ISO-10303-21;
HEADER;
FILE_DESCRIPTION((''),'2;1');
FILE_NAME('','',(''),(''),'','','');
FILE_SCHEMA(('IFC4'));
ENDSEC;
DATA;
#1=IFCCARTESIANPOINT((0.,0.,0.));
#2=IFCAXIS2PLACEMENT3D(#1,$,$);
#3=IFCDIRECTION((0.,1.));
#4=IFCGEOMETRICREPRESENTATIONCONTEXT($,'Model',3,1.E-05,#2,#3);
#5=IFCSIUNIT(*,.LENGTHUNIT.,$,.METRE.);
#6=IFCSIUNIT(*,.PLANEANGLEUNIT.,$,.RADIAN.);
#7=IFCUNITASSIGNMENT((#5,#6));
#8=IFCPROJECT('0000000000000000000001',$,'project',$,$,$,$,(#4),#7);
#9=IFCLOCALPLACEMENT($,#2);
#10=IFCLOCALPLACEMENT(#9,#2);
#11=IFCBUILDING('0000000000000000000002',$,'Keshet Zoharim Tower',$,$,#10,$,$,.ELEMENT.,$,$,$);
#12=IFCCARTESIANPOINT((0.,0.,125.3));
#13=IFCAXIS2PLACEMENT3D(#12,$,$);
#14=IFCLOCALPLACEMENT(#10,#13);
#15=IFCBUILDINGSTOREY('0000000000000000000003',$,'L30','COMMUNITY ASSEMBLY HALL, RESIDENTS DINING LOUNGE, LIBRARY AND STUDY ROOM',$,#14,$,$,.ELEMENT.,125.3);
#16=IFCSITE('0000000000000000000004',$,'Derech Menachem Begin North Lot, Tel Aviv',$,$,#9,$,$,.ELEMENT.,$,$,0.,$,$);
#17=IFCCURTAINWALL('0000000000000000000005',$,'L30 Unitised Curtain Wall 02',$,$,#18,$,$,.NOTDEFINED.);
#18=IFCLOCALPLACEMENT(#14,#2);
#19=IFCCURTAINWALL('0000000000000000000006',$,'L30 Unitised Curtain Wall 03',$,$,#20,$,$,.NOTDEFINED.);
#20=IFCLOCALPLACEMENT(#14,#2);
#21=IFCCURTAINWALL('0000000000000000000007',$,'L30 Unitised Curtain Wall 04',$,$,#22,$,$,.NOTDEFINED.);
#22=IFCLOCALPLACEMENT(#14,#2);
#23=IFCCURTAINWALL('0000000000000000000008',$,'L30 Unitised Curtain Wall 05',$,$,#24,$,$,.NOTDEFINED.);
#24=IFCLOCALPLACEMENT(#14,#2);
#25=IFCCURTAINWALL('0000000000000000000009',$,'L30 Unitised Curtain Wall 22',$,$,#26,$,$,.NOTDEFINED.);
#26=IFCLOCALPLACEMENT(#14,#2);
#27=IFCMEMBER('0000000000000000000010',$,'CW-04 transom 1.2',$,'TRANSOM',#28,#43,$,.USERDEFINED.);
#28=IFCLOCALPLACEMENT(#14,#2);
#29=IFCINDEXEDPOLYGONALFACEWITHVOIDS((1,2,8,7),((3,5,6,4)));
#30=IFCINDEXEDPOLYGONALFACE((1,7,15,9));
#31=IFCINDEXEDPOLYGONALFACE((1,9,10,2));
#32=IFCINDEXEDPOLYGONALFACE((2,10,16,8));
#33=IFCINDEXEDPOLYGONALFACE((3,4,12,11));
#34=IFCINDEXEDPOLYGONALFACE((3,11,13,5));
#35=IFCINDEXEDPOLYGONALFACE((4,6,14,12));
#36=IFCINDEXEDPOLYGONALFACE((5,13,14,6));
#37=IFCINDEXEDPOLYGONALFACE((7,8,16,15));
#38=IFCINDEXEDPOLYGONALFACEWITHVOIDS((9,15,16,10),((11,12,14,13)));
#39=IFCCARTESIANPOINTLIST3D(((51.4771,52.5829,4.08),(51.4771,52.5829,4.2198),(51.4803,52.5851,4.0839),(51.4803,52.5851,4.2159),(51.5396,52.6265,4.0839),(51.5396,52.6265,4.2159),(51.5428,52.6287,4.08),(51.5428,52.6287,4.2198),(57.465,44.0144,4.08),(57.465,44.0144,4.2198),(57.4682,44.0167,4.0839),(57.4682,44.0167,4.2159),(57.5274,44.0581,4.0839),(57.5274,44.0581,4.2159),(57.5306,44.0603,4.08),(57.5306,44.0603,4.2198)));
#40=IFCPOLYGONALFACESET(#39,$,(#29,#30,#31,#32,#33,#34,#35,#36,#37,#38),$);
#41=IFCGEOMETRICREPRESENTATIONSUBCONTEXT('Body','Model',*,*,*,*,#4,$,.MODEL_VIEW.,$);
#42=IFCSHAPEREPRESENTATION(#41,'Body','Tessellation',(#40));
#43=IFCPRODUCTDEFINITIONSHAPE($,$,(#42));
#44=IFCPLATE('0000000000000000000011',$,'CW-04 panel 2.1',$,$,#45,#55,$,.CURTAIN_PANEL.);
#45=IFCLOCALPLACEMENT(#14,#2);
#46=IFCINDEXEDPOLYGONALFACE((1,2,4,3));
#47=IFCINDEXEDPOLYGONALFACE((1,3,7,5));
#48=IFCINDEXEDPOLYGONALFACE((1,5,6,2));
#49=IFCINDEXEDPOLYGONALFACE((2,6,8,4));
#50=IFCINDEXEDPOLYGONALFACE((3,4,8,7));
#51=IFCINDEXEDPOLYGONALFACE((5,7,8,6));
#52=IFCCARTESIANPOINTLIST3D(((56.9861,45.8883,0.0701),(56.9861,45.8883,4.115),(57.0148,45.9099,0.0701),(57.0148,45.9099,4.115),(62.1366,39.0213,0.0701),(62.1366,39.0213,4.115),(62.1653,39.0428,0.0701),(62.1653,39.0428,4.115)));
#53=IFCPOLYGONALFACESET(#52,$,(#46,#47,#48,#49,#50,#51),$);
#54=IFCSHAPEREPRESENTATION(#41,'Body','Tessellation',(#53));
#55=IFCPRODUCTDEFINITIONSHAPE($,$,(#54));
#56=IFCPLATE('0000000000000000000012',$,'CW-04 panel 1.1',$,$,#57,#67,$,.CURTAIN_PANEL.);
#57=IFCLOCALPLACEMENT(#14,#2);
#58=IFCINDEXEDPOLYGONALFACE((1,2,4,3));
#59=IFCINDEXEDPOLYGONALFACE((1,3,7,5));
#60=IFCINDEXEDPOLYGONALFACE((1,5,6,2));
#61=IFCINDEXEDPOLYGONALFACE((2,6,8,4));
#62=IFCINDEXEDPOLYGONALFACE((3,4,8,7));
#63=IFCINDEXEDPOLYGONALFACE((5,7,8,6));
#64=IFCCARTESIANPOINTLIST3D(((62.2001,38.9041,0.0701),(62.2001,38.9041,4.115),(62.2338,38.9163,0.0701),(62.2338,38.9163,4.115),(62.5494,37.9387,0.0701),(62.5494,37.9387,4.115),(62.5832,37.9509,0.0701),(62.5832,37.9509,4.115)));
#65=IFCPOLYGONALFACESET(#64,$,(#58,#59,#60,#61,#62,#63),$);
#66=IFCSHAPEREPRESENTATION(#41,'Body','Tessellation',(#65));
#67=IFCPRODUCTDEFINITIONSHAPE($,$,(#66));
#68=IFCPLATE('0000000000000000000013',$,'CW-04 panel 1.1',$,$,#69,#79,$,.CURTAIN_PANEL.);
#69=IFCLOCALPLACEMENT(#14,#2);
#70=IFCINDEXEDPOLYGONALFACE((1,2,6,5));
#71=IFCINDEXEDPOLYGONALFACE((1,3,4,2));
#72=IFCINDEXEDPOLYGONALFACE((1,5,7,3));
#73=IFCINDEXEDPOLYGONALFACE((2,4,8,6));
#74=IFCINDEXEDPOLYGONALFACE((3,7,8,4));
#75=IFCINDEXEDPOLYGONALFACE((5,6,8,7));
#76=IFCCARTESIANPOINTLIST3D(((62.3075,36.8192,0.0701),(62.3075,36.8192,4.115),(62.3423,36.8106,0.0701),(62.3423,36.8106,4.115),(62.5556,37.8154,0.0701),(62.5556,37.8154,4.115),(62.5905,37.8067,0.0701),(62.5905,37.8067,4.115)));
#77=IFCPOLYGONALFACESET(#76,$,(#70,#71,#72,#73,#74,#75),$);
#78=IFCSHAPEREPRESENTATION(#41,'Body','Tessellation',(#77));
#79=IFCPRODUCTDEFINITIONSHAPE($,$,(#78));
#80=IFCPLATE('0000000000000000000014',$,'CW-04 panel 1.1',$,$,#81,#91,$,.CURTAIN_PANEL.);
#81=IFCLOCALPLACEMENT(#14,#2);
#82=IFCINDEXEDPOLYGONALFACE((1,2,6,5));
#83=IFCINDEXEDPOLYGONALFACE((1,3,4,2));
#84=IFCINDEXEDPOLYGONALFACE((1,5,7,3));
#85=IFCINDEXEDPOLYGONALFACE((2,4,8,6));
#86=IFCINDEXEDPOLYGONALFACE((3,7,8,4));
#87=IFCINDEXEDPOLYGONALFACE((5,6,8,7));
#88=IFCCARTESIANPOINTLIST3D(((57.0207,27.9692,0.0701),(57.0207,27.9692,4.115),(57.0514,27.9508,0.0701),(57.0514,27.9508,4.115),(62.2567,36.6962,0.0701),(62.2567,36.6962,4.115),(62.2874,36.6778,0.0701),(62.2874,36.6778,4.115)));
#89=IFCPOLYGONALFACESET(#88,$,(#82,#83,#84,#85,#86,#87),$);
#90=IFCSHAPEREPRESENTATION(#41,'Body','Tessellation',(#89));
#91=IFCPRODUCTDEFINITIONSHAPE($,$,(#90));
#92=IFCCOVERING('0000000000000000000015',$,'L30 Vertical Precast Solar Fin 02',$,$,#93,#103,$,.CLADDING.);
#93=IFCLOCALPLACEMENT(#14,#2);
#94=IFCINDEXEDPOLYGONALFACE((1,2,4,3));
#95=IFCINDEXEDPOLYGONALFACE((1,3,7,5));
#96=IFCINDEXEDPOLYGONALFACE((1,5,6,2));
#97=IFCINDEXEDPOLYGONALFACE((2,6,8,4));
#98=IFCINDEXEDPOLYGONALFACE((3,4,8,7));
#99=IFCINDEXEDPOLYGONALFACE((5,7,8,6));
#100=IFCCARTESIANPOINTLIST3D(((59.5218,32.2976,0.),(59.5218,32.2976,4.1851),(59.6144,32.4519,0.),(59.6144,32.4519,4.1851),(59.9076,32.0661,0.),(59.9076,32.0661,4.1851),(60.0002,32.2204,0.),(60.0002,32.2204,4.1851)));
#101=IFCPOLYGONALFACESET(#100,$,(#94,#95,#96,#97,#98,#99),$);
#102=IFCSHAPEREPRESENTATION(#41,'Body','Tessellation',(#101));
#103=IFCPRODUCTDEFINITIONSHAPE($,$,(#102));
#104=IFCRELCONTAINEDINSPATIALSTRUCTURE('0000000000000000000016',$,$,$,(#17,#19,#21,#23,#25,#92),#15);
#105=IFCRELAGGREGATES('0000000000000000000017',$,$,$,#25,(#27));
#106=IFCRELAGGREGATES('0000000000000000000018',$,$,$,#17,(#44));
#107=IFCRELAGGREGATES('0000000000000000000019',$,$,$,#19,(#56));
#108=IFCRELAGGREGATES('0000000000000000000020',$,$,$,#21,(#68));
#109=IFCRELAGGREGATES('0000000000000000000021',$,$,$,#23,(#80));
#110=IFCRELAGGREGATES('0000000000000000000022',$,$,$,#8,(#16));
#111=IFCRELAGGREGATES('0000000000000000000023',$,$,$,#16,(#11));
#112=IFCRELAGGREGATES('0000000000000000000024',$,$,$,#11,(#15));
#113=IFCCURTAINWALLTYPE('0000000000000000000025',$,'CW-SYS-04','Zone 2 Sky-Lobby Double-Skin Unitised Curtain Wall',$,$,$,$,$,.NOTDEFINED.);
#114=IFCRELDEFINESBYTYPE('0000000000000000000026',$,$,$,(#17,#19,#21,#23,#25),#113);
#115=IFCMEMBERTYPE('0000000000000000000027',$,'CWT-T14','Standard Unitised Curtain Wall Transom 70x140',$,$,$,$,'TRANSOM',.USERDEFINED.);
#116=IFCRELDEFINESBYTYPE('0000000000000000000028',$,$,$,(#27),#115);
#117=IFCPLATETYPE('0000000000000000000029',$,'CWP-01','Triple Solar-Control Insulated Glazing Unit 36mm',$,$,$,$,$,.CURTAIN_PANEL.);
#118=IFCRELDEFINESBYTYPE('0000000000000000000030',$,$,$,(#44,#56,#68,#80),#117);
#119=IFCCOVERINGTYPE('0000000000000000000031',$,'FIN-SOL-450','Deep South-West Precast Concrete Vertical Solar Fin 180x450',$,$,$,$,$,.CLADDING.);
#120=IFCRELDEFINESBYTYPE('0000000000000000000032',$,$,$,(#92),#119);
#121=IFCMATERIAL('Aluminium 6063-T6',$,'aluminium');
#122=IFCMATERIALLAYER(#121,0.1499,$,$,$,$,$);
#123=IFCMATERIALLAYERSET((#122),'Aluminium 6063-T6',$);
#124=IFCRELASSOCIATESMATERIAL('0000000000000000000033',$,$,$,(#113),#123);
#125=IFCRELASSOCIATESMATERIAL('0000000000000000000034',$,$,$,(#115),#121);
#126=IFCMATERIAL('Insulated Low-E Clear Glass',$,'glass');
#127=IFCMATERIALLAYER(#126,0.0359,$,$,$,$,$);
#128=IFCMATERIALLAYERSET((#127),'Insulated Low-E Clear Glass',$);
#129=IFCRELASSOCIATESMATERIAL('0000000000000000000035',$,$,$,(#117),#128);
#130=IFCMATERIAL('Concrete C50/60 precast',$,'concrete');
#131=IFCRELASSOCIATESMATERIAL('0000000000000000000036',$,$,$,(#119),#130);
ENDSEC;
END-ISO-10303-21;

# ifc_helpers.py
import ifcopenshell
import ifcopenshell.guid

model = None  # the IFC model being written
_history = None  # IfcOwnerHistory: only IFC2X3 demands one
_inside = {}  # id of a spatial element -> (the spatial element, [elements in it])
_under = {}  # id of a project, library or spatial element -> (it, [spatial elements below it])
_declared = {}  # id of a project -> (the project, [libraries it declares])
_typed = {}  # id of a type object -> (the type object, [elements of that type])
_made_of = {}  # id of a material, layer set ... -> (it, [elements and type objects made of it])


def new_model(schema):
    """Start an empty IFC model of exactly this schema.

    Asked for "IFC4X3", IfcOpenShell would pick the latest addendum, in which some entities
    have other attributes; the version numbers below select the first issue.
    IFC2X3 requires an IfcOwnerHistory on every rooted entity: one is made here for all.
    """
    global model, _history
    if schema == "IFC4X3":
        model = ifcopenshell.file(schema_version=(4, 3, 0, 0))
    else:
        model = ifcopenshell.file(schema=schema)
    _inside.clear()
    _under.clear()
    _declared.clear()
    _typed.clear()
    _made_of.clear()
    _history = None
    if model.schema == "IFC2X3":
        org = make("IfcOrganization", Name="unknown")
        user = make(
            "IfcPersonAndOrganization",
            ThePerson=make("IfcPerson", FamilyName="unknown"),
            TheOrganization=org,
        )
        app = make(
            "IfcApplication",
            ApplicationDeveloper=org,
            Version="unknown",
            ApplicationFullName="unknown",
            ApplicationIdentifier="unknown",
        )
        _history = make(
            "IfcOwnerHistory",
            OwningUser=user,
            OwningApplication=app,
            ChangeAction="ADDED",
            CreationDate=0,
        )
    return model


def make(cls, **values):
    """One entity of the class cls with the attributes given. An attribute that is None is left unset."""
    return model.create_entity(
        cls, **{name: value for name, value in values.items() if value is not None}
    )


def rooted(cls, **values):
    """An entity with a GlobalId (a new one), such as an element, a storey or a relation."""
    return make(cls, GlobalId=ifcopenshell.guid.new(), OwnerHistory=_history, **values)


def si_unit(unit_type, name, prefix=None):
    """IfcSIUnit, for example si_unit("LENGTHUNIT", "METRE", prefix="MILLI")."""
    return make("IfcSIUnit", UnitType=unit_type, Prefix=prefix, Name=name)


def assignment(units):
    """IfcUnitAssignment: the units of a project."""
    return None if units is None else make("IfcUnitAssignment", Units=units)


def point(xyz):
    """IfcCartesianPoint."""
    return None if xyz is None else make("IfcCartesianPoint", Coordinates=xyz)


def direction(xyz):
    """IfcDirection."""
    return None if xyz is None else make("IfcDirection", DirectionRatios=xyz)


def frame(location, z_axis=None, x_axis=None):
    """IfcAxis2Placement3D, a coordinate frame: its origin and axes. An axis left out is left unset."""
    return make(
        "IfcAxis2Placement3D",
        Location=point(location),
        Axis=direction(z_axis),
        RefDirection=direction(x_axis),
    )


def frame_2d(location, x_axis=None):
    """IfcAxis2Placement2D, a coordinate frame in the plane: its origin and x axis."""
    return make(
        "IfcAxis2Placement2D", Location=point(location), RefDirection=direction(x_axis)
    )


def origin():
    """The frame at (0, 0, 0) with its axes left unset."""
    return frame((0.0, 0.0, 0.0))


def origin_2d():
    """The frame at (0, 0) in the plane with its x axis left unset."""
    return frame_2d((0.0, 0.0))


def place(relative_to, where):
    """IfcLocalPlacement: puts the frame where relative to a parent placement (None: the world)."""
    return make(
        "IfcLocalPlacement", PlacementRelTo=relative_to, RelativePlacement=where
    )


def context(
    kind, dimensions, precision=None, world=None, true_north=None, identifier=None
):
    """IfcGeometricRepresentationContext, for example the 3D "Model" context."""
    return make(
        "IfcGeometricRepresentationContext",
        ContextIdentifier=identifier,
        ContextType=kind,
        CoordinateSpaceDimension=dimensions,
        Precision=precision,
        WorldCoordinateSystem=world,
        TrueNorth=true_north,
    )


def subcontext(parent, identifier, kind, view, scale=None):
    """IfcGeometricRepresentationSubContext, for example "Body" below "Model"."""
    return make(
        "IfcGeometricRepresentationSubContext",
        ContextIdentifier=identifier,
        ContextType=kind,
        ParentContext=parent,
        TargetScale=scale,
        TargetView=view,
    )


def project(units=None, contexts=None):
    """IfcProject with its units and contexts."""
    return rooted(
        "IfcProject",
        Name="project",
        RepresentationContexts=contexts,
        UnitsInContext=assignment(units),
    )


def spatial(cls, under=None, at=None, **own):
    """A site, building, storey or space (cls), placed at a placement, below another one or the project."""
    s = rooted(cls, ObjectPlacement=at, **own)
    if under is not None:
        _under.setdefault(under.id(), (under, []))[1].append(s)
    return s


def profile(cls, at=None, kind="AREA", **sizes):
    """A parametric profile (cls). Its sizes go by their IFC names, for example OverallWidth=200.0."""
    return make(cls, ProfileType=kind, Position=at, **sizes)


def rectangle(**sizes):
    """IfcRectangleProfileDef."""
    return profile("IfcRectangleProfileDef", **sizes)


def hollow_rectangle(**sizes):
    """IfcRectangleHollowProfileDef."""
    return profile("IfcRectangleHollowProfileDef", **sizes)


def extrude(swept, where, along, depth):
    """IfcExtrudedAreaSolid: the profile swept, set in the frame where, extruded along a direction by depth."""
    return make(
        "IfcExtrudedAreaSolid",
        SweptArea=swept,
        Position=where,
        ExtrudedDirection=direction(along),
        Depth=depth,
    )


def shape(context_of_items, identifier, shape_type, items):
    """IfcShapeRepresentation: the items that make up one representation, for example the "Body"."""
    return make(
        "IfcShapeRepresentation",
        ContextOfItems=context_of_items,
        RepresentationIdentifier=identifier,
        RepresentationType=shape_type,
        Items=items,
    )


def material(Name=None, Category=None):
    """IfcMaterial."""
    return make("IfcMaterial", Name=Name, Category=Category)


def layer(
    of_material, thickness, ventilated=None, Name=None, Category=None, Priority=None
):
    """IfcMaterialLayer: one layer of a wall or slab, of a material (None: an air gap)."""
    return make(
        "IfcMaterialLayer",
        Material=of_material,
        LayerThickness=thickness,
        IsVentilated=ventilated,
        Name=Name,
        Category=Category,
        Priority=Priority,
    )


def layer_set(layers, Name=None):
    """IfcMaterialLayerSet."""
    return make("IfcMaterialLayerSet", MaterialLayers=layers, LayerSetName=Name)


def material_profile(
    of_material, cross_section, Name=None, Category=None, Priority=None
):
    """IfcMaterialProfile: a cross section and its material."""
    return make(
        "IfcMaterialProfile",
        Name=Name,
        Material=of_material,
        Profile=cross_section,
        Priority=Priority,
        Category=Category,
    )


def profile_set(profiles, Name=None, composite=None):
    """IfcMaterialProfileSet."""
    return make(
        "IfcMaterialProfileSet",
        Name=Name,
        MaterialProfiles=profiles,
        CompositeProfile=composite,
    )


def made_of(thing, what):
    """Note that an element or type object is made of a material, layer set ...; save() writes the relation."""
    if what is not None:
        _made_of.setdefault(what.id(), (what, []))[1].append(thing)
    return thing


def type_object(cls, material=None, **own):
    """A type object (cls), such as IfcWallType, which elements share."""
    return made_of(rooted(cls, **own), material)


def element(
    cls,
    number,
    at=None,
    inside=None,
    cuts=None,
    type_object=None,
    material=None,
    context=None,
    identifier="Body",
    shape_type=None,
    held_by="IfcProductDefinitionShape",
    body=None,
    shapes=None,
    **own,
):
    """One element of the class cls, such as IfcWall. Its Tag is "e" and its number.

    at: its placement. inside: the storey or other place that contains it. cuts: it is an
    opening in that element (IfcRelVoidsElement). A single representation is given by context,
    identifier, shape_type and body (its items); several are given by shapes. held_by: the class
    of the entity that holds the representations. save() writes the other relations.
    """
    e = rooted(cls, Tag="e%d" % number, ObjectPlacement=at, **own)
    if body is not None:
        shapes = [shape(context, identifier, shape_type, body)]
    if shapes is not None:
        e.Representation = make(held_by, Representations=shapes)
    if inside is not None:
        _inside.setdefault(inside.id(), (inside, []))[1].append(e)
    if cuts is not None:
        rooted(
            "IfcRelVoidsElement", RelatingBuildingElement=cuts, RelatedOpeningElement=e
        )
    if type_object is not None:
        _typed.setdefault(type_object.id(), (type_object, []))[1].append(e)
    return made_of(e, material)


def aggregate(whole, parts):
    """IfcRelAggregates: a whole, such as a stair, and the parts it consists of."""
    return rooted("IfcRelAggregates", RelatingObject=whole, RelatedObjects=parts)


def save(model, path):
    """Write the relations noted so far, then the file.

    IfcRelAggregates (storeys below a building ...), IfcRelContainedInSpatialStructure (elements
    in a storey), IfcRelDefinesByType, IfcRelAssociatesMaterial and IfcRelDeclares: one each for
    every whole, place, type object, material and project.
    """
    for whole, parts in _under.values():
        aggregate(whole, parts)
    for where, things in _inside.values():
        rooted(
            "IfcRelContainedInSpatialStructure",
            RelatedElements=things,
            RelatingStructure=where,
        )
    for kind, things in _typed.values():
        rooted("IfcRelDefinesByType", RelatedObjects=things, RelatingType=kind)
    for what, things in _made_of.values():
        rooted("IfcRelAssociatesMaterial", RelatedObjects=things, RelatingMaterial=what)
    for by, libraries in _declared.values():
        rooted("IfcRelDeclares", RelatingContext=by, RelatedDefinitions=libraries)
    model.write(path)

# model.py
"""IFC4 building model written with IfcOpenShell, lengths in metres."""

from ifc_helpers import new_model, si_unit, direction, frame, origin, origin_2d, place, context, subcontext, project, spatial, rectangle, hollow_rectangle, extrude, material, layer, layer_set, material_profile, profile_set, type_object, element, aggregate, save


model = new_model("IFC4")

# Units and contexts
model_context = context("Model", 3, precision=1e-05, world=origin(), true_north=direction((0.0, 1.0)))
body_context = subcontext(model_context, "Body", "Model", "MODEL_VIEW")
ifc_project = project(units=[si_unit("LENGTHUNIT", "METRE"), si_unit("PLANEANGLEUNIT", "RADIAN")], contexts=[model_context])

# Site, building, storey
site_placement = place(None, origin())
site = spatial("IfcSite", under=ifc_project, at=site_placement, Name="Derech Menachem Begin North Lot, Tel Aviv", CompositionType="ELEMENT", RefElevation=0.0)
building_placement = place(site_placement, origin())
building = spatial("IfcBuilding", under=site, at=building_placement, Name="Keshet Zoharim Tower", CompositionType="ELEMENT")
storey_placement = place(building_placement, frame((0.0, 0.0, 125.3)))
storey = spatial("IfcBuildingStorey", under=building, at=storey_placement, Name="L30", Description="COMMUNITY ASSEMBLY HALL, RESIDENTS DINING LOUNGE, LIBRARY AND STUDY ROOM", CompositionType="ELEMENT", Elevation=125.3)

# Curtain wall
ifc_material_1 = material(Name="Aluminium 6063-T6", Category="aluminium")
ifc_layer_1 = layer(ifc_material_1, 0.1499)
ifc_layer_set_1 = layer_set([ifc_layer_1], Name="Aluminium 6063-T6")
curtain_wall_type = type_object("IfcCurtainWallType", Name="CW-SYS-04", Description="Zone 2 Sky-Lobby Double-Skin Unitised Curtain Wall", PredefinedType="NOTDEFINED", material=ifc_layer_set_1)
curtain_wall_1_placement = place(storey_placement, origin())
curtain_wall_1 = element("IfcCurtainWall", 1, at=curtain_wall_1_placement, inside=storey, type_object=curtain_wall_type, Name="L30 Unitised Curtain Wall 02", PredefinedType="NOTDEFINED")

# Curtain walls
curtain_wall_2_placement = place(storey_placement, origin())
curtain_wall_2 = element("IfcCurtainWall", 2, at=curtain_wall_2_placement, inside=storey, type_object=curtain_wall_type, Name="L30 Unitised Curtain Wall 03", PredefinedType="NOTDEFINED")
curtain_wall_3_placement = place(storey_placement, origin())
curtain_wall_3 = element("IfcCurtainWall", 3, at=curtain_wall_3_placement, inside=storey, type_object=curtain_wall_type, Name="L30 Unitised Curtain Wall 04", PredefinedType="NOTDEFINED")
curtain_wall_4_placement = place(storey_placement, origin())
curtain_wall_4 = element("IfcCurtainWall", 4, at=curtain_wall_4_placement, inside=storey, type_object=curtain_wall_type, Name="L30 Unitised Curtain Wall 05", PredefinedType="NOTDEFINED")

# Curtain wall
curtain_wall_5_placement = place(storey_placement, origin())
curtain_wall_5 = element("IfcCurtainWall", 5, at=curtain_wall_5_placement, inside=storey, type_object=curtain_wall_type, Name="L30 Unitised Curtain Wall 22", PredefinedType="NOTDEFINED")

# Member
ifc_material_profile_1 = material_profile(ifc_material_1, hollow_rectangle(XDim=0.0801, YDim=0.1399, WallThickness=0.0039, at=origin_2d()), Name="TRN-80x140")
ifc_profile_set_1 = profile_set([ifc_material_profile_1], Name="Aluminium 6063-T6")
member_type_1 = type_object("IfcMemberType", Name="CWT-T14", Description="Standard Unitised Curtain Wall Transom 70x140", ElementType="TRANSOM", PredefinedType="USERDEFINED", material=ifc_profile_set_1)
member_1_placement = place(storey_placement, frame((57.4978, 44.0374, 4.1499), z_axis=(-0.572816, 0.819684, 0.0), x_axis=(-0.819684, -0.572816, 0.0)))
member_1 = element("IfcMember", 6, at=member_1_placement, type_object=member_type_1, Name="CW-04 transom 1.2", ObjectType="TRANSOM", PredefinedType="USERDEFINED", context=body_context, shape_type="SweptSolid", body=[
    extrude(hollow_rectangle(XDim=0.0801, YDim=0.1399, WallThickness=0.0039, at=origin_2d()), origin(), (0.0, 0.0, 1.0), 10.4534),
])
aggregate(curtain_wall_5, [member_1])

# Plates
ifc_material_2 = material(Name="Insulated Low-E Clear Glass", Category="glass")
ifc_layer_2 = layer(ifc_material_2, 0.0359)
ifc_layer_set_2 = layer_set([ifc_layer_2], Name="Insulated Low-E Clear Glass")
plate_type = type_object("IfcPlateType", Name="CWP-01", Description="Triple Solar-Control Insulated Glazing Unit 36mm", PredefinedType="CURTAIN_PANEL", material=ifc_layer_set_2)
plate_1_placement = place(storey_placement, frame((59.5757, 42.4656, 0.0701), z_axis=(0.0, 0.0, 1.0), x_axis=(0.600018, -0.799986, 0.0)))
plate_1 = element("IfcPlate", 7, at=plate_1_placement, type_object=plate_type, Name="CW-04 panel 2.1", PredefinedType="CURTAIN_PANEL", context=body_context, shape_type="SweptSolid", body=[
    extrude(rectangle(XDim=8.584, YDim=0.0359, at=origin_2d()), origin(), (0.0, 0.0, 1.0), 4.0449),
])
aggregate(curtain_wall_1, [plate_1])
plate_2_placement = place(storey_placement, frame((62.3916, 38.4275, 0.0701), z_axis=(0.0, 0.0, 1.0), x_axis=(0.340297, -0.940318, 0.0)))
plate_2 = element("IfcPlate", 8, at=plate_2_placement, type_object=plate_type, Name="CW-04 panel 1.1", PredefinedType="CURTAIN_PANEL", context=body_context, shape_type="SweptSolid", body=[
    extrude(rectangle(XDim=1.0266, YDim=0.0359, at=origin_2d()), origin(), (0.0, 0.0, 1.0), 4.0449),
])
aggregate(curtain_wall_2, [plate_2])
plate_3_placement = place(storey_placement, frame((62.449, 37.313, 0.0701), z_axis=(0.0, 0.0, 1.0), x_axis=(-0.241729, -0.970344, 0.0)))
plate_3 = element("IfcPlate", 9, at=plate_3_placement, type_object=plate_type, Name="CW-04 panel 1.1", PredefinedType="CURTAIN_PANEL", context=body_context, shape_type="SweptSolid", body=[
    extrude(rectangle(XDim=1.0266, YDim=0.0359, at=origin_2d()), origin(), (0.0, 0.0, 1.0), 4.0449),
])
aggregate(curtain_wall_3, [plate_3])
plate_4_placement = place(storey_placement, frame((59.6541, 32.3235, 0.0701), z_axis=(0.0, 0.0, 1.0), x_axis=(-0.514482, -0.857501, 0.0)))
plate_4 = element("IfcPlate", 10, at=plate_4_placement, type_object=plate_type, Name="CW-04 panel 1.1", PredefinedType="CURTAIN_PANEL", context=body_context, shape_type="SweptSolid", body=[
    extrude(rectangle(XDim=10.1772, YDim=0.0359, at=origin_2d()), origin(), (0.0, 0.0, 1.0), 4.0449),
])
aggregate(curtain_wall_4, [plate_4])

# Covering
ifc_material_3 = material(Name="Concrete C50/60 precast", Category="concrete")
covering_type = type_object("IfcCoveringType", Name="FIN-SOL-450", Description="Deep South-West Precast Concrete Vertical Solar Fin 180x450", PredefinedType="CLADDING", material=ifc_material_3)
covering_placement = place(storey_placement, frame((59.761, 32.259, 0.0), z_axis=(0.0, 0.0, 1.0), x_axis=(-0.514482, -0.857501, 0.0)))
element("IfcCovering", 11, at=covering_placement, inside=storey, type_object=covering_type, Name="L30 Vertical Precast Solar Fin 02", PredefinedType="CLADDING", context=body_context, shape_type="SweptSolid", body=[
    extrude(rectangle(XDim=0.1799, YDim=0.45, at=origin_2d()), origin(), (0.0, 0.0, 1.0), 4.1851),
])

save(model, "model.ifc")
